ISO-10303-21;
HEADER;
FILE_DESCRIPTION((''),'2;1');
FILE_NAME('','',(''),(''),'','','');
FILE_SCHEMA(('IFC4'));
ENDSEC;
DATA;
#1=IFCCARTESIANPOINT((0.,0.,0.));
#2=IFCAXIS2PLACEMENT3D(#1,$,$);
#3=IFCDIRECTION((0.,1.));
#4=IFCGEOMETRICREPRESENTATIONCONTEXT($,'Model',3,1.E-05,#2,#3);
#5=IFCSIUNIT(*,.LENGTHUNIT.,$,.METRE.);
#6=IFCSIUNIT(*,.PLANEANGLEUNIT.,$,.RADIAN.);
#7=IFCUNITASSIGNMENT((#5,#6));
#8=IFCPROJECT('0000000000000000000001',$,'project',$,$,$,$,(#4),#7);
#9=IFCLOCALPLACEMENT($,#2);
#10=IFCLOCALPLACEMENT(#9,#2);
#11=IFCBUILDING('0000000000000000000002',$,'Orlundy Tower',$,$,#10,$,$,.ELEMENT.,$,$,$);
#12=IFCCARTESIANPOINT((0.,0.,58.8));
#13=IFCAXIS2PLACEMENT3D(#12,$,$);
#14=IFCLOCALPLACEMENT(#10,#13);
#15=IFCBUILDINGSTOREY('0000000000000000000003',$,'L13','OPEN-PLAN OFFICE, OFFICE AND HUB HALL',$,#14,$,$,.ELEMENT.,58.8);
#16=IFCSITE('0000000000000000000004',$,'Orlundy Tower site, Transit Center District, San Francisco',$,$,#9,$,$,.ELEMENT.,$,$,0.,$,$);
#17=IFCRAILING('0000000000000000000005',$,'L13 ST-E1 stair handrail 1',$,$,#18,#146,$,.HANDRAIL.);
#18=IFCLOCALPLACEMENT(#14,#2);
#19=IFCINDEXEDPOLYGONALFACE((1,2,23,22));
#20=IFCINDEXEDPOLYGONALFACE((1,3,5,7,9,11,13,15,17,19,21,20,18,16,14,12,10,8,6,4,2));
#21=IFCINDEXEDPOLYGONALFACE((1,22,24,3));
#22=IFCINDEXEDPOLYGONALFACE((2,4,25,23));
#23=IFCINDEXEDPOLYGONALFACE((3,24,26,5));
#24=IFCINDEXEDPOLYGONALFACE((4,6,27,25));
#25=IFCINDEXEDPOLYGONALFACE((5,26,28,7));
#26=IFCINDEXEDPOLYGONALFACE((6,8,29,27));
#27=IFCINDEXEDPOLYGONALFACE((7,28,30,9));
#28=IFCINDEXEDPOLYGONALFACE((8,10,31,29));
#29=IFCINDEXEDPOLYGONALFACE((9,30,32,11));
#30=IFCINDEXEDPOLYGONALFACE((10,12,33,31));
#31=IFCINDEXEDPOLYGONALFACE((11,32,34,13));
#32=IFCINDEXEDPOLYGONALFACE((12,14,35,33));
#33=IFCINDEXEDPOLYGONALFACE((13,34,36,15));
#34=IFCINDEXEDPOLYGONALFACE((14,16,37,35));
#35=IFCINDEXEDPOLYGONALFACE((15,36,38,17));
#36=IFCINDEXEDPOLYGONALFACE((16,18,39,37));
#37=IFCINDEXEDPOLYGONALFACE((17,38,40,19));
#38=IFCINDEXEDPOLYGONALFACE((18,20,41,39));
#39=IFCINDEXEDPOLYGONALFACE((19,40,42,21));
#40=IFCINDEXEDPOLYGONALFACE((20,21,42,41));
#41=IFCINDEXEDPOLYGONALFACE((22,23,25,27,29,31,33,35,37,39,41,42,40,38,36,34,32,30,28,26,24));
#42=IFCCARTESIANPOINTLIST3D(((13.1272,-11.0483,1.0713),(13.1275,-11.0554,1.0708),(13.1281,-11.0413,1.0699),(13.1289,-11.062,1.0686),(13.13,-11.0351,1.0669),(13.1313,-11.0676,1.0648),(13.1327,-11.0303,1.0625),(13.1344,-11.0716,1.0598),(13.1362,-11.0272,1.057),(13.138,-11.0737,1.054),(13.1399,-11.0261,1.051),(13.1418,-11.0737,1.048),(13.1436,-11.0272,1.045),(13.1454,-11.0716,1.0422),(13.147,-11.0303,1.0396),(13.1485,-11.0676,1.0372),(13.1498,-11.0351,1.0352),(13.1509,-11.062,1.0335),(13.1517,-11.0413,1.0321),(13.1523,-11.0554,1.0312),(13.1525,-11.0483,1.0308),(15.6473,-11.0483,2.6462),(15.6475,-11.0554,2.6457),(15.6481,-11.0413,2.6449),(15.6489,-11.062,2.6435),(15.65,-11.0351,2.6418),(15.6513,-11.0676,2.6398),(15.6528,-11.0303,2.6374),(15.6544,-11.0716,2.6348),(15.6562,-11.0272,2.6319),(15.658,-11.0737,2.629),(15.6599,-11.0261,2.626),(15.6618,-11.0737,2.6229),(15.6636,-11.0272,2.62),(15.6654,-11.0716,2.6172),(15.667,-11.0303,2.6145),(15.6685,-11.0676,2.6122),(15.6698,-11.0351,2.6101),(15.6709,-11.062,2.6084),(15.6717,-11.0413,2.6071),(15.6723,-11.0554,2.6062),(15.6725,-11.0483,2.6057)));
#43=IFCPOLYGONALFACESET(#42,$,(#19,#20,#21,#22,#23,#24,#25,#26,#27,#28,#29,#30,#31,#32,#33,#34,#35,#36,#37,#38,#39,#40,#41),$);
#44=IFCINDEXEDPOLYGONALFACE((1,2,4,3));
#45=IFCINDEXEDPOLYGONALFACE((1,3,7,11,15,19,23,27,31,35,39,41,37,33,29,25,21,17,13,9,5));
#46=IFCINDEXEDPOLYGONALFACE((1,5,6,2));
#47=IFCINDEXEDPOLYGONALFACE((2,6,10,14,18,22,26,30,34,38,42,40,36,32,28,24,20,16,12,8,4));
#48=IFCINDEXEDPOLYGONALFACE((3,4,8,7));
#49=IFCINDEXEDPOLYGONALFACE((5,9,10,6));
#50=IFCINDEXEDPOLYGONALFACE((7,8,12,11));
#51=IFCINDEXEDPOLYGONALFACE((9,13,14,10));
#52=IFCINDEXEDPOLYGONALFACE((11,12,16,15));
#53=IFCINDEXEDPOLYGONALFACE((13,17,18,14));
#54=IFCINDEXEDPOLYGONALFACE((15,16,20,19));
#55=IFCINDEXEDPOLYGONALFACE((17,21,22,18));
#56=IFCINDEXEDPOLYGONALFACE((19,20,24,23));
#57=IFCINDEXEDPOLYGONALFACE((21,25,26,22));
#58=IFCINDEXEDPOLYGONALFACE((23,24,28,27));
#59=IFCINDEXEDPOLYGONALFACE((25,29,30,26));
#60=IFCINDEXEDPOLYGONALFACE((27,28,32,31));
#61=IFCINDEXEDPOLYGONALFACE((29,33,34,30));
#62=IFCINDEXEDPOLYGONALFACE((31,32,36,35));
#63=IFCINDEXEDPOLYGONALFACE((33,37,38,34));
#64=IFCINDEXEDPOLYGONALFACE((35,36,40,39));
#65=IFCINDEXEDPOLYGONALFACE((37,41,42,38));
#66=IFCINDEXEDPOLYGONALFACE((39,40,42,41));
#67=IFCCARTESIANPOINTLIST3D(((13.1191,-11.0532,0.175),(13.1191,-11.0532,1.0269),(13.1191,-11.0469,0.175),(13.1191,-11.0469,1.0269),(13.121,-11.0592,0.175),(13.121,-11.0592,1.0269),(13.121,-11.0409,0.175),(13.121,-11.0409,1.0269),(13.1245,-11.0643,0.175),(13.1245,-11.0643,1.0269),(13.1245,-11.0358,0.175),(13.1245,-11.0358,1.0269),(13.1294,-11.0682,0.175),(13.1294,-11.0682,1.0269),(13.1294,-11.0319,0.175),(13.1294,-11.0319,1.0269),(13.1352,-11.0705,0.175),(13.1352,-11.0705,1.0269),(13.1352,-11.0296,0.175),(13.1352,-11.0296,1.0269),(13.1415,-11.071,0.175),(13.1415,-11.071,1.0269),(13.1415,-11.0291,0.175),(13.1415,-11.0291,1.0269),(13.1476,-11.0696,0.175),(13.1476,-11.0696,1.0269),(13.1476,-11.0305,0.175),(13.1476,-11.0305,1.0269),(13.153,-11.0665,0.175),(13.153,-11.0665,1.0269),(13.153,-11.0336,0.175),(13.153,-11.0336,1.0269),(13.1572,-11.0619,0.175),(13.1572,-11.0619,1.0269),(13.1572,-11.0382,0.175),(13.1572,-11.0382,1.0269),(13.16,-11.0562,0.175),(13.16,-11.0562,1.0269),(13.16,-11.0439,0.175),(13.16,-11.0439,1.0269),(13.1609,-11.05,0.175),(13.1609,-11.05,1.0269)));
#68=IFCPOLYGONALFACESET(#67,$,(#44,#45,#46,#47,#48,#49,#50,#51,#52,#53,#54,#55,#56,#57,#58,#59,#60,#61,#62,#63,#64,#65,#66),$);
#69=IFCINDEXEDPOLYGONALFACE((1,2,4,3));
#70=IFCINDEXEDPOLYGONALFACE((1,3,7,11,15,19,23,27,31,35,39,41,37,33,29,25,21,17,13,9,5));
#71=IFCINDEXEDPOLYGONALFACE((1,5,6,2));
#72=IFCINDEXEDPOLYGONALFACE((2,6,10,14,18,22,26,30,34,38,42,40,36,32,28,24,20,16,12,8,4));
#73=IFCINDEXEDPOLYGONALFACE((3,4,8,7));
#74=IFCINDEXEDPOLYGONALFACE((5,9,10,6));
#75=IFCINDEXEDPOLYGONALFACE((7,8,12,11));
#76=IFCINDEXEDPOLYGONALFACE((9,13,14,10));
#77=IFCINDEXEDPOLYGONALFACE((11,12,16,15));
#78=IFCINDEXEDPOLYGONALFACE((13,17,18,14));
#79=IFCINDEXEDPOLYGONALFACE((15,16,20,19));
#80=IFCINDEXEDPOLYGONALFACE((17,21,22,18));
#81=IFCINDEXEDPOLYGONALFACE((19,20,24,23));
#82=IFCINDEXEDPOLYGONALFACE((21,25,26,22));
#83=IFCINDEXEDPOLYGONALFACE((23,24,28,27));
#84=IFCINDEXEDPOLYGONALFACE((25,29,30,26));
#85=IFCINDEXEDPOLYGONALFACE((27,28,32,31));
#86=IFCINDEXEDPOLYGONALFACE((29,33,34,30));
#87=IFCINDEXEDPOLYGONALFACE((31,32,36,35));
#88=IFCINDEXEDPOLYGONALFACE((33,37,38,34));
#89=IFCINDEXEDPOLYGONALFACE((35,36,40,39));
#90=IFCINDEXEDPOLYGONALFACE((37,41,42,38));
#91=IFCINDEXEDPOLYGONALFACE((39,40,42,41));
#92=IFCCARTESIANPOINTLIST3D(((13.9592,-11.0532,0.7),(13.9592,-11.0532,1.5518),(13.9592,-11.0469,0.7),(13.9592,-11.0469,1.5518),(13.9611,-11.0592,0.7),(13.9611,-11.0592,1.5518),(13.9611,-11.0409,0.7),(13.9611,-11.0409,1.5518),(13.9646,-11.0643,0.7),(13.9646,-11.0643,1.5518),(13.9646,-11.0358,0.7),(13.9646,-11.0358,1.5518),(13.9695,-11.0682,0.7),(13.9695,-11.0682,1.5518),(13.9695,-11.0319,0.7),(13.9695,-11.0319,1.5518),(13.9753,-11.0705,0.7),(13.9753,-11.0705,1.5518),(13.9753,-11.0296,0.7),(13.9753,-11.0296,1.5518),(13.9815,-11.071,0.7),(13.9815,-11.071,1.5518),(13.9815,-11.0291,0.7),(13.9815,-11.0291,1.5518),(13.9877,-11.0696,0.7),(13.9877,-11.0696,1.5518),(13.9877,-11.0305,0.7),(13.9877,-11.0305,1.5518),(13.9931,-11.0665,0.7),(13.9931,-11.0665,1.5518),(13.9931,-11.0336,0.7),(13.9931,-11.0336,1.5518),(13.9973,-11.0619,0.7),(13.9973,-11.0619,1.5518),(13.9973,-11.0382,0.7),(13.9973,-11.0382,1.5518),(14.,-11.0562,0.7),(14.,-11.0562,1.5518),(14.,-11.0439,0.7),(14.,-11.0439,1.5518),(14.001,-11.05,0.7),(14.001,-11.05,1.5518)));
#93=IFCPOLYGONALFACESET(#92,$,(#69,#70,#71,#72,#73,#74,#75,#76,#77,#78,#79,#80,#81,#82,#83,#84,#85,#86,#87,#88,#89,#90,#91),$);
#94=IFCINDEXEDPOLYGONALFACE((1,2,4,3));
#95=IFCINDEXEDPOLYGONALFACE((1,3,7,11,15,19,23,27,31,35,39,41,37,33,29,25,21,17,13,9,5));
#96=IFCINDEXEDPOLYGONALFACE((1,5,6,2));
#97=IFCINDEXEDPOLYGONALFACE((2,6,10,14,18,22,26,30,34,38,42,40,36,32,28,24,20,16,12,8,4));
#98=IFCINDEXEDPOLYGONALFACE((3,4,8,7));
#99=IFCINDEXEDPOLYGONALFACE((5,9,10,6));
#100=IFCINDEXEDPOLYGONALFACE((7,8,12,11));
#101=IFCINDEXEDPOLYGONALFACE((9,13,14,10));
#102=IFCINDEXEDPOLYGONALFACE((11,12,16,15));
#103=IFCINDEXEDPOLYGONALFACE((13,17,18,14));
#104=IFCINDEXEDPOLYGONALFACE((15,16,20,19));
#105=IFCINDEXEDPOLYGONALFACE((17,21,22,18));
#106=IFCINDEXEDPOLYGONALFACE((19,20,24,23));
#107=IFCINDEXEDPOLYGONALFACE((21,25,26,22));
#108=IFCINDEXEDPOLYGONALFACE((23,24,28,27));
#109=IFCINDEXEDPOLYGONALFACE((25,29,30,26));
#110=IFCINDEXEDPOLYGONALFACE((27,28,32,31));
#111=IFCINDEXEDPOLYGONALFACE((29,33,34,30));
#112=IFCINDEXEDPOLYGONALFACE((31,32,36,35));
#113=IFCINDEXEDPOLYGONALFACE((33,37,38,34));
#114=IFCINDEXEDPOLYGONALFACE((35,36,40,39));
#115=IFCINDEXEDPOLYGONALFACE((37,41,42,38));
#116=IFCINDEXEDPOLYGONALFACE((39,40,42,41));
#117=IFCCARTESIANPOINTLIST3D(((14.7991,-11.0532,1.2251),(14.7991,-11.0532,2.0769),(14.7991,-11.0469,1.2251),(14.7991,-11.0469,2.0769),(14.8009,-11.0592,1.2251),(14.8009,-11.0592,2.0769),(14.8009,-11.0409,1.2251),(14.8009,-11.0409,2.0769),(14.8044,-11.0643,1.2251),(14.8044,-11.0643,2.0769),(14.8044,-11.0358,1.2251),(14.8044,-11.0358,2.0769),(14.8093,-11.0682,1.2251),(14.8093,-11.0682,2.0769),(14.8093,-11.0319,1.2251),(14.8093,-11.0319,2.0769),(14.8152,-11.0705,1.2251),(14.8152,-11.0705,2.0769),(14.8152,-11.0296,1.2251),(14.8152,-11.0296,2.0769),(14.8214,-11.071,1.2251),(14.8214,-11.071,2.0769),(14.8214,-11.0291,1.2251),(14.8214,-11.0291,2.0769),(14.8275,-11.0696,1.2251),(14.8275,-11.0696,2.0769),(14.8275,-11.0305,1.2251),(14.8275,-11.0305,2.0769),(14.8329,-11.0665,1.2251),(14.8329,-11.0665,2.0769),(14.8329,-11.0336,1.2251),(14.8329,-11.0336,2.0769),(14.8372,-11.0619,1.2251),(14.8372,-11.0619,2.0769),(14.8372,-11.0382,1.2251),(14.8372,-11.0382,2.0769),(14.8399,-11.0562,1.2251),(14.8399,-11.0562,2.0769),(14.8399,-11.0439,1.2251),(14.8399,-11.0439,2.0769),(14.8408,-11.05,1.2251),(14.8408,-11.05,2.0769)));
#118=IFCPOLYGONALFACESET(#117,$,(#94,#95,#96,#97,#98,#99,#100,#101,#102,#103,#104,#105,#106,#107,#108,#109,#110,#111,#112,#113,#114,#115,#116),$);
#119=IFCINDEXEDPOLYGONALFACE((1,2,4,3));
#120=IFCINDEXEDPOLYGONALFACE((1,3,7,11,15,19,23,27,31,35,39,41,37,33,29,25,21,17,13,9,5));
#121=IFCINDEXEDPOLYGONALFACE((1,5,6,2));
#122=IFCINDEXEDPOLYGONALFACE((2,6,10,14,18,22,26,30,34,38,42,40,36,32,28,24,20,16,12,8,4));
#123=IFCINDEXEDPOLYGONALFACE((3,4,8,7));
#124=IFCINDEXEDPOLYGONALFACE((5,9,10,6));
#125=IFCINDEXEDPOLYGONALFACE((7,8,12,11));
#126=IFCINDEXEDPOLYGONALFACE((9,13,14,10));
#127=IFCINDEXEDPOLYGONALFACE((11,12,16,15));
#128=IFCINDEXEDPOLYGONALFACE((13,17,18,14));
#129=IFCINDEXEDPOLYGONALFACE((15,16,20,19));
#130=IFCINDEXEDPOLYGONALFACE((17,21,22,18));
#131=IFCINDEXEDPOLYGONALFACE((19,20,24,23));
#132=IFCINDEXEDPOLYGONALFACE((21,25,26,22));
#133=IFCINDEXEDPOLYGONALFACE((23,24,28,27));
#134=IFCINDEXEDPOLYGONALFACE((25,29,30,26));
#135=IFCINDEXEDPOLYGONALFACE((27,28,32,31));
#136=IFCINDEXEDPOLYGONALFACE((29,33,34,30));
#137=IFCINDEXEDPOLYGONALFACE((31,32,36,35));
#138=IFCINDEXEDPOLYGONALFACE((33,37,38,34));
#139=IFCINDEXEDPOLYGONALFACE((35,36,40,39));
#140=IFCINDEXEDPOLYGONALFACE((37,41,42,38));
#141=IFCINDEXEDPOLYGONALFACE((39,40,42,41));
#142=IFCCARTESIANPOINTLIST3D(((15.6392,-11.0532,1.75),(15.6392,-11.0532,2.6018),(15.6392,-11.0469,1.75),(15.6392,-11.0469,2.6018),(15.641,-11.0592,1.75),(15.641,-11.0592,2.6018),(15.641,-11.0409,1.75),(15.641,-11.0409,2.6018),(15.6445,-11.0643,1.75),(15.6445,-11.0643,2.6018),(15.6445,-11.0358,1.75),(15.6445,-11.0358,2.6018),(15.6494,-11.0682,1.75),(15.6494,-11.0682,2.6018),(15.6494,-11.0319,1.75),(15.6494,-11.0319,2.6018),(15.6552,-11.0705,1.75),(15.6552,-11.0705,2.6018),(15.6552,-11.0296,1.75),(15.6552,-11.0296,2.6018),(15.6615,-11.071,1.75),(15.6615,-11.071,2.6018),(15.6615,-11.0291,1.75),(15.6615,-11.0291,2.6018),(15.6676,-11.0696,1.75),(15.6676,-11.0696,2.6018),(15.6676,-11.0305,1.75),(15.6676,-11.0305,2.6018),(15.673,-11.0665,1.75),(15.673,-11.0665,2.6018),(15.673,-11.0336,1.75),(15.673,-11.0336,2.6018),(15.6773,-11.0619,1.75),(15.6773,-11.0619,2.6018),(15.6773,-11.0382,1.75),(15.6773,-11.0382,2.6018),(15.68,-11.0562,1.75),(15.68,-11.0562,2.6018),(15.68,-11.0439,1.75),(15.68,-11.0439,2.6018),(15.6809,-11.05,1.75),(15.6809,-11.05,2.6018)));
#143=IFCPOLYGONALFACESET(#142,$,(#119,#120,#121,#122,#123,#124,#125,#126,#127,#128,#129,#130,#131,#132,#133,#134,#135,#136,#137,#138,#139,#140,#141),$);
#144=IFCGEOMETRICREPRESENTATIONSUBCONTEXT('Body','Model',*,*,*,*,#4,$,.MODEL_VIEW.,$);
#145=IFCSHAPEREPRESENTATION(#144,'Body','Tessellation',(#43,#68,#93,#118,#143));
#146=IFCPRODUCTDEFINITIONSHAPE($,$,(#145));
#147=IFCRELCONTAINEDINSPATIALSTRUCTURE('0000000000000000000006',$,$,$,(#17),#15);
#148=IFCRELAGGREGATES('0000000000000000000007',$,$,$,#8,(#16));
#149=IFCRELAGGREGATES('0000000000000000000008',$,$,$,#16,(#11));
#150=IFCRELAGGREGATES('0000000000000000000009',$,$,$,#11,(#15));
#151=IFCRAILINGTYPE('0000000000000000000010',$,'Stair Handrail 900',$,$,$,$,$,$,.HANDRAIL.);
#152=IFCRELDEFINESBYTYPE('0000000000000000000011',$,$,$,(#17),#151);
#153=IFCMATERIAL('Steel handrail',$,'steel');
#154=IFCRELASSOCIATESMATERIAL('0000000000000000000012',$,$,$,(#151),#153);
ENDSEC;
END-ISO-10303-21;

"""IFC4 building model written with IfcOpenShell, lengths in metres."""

from ifc_helpers import new_model, si_unit, direction, frame, origin, origin_2d, place, context, subcontext, project, spatial, circle, extrude, material, type_object, element, save


model = new_model("IFC4")

# Units and contexts
model_context = context("Model", 3, precision=1e-05, world=origin(), true_north=direction((0.0, 1.0)))
body_context = subcontext(model_context, "Body", "Model", "MODEL_VIEW")
ifc_project = project(units=[si_unit("LENGTHUNIT", "METRE"), si_unit("PLANEANGLEUNIT", "RADIAN")], contexts=[model_context])

# Site, building, storey
site_placement = place(None, origin())
site = spatial("IfcSite", under=ifc_project, at=site_placement, Name="Orlundy Tower site, Transit Center District, San Francisco", CompositionType="ELEMENT", RefElevation=0.0)
building_placement = place(site_placement, origin())
building = spatial("IfcBuilding", under=site, at=building_placement, Name="Orlundy Tower", CompositionType="ELEMENT")
storey_placement = place(building_placement, frame((0.0, 0.0, 58.8)))
storey = spatial("IfcBuildingStorey", under=building, at=storey_placement, Name="L13", Description="OPEN-PLAN OFFICE, OFFICE AND HUB HALL", CompositionType="ELEMENT", Elevation=58.8)

# Railing
ifc_material_1 = material(Name="Steel handrail", Category="steel")
railing_type_1 = type_object("IfcRailingType", Name="Stair Handrail 900", PredefinedType="HANDRAIL", material=ifc_material_1)
railing_1_placement = place(storey_placement, frame((13.1399, -11.05, 0.175)))
element("IfcRailing", 1, at=railing_1_placement, inside=storey, type_object=railing_type_1, Name="L13 ST-E1 stair handrail 1", PredefinedType="HANDRAIL", context=body_context, shape_type="SweptSolid", body=[
    extrude(circle(Radius=0.0239, at=origin_2d()), frame((0.0, 0.0, 0.876), z_axis=(0.848008, 0.0, 0.529984), x_axis=(0.0, 1.0, 0.0)), (0.0, 0.0, 1.0), 2.9717),
    extrude(circle(Radius=0.021, at=origin_2d()), origin(), (0.0, 0.0, 1.0), 0.8518),
    extrude(circle(Radius=0.021, at=origin_2d()), frame((0.8401, 0.0, 0.5249)), (0.0, 0.0, 1.0), 0.8518),
    extrude(circle(Radius=0.021, at=origin_2d()), frame((1.6799, 0.0, 1.05)), (0.0, 0.0, 1.0), 0.8518),
    extrude(circle(Radius=0.021, at=origin_2d()), frame((2.52, 0.0, 1.575)), (0.0, 0.0, 1.0), 0.8518),
])

save(model, "model.ifc")
